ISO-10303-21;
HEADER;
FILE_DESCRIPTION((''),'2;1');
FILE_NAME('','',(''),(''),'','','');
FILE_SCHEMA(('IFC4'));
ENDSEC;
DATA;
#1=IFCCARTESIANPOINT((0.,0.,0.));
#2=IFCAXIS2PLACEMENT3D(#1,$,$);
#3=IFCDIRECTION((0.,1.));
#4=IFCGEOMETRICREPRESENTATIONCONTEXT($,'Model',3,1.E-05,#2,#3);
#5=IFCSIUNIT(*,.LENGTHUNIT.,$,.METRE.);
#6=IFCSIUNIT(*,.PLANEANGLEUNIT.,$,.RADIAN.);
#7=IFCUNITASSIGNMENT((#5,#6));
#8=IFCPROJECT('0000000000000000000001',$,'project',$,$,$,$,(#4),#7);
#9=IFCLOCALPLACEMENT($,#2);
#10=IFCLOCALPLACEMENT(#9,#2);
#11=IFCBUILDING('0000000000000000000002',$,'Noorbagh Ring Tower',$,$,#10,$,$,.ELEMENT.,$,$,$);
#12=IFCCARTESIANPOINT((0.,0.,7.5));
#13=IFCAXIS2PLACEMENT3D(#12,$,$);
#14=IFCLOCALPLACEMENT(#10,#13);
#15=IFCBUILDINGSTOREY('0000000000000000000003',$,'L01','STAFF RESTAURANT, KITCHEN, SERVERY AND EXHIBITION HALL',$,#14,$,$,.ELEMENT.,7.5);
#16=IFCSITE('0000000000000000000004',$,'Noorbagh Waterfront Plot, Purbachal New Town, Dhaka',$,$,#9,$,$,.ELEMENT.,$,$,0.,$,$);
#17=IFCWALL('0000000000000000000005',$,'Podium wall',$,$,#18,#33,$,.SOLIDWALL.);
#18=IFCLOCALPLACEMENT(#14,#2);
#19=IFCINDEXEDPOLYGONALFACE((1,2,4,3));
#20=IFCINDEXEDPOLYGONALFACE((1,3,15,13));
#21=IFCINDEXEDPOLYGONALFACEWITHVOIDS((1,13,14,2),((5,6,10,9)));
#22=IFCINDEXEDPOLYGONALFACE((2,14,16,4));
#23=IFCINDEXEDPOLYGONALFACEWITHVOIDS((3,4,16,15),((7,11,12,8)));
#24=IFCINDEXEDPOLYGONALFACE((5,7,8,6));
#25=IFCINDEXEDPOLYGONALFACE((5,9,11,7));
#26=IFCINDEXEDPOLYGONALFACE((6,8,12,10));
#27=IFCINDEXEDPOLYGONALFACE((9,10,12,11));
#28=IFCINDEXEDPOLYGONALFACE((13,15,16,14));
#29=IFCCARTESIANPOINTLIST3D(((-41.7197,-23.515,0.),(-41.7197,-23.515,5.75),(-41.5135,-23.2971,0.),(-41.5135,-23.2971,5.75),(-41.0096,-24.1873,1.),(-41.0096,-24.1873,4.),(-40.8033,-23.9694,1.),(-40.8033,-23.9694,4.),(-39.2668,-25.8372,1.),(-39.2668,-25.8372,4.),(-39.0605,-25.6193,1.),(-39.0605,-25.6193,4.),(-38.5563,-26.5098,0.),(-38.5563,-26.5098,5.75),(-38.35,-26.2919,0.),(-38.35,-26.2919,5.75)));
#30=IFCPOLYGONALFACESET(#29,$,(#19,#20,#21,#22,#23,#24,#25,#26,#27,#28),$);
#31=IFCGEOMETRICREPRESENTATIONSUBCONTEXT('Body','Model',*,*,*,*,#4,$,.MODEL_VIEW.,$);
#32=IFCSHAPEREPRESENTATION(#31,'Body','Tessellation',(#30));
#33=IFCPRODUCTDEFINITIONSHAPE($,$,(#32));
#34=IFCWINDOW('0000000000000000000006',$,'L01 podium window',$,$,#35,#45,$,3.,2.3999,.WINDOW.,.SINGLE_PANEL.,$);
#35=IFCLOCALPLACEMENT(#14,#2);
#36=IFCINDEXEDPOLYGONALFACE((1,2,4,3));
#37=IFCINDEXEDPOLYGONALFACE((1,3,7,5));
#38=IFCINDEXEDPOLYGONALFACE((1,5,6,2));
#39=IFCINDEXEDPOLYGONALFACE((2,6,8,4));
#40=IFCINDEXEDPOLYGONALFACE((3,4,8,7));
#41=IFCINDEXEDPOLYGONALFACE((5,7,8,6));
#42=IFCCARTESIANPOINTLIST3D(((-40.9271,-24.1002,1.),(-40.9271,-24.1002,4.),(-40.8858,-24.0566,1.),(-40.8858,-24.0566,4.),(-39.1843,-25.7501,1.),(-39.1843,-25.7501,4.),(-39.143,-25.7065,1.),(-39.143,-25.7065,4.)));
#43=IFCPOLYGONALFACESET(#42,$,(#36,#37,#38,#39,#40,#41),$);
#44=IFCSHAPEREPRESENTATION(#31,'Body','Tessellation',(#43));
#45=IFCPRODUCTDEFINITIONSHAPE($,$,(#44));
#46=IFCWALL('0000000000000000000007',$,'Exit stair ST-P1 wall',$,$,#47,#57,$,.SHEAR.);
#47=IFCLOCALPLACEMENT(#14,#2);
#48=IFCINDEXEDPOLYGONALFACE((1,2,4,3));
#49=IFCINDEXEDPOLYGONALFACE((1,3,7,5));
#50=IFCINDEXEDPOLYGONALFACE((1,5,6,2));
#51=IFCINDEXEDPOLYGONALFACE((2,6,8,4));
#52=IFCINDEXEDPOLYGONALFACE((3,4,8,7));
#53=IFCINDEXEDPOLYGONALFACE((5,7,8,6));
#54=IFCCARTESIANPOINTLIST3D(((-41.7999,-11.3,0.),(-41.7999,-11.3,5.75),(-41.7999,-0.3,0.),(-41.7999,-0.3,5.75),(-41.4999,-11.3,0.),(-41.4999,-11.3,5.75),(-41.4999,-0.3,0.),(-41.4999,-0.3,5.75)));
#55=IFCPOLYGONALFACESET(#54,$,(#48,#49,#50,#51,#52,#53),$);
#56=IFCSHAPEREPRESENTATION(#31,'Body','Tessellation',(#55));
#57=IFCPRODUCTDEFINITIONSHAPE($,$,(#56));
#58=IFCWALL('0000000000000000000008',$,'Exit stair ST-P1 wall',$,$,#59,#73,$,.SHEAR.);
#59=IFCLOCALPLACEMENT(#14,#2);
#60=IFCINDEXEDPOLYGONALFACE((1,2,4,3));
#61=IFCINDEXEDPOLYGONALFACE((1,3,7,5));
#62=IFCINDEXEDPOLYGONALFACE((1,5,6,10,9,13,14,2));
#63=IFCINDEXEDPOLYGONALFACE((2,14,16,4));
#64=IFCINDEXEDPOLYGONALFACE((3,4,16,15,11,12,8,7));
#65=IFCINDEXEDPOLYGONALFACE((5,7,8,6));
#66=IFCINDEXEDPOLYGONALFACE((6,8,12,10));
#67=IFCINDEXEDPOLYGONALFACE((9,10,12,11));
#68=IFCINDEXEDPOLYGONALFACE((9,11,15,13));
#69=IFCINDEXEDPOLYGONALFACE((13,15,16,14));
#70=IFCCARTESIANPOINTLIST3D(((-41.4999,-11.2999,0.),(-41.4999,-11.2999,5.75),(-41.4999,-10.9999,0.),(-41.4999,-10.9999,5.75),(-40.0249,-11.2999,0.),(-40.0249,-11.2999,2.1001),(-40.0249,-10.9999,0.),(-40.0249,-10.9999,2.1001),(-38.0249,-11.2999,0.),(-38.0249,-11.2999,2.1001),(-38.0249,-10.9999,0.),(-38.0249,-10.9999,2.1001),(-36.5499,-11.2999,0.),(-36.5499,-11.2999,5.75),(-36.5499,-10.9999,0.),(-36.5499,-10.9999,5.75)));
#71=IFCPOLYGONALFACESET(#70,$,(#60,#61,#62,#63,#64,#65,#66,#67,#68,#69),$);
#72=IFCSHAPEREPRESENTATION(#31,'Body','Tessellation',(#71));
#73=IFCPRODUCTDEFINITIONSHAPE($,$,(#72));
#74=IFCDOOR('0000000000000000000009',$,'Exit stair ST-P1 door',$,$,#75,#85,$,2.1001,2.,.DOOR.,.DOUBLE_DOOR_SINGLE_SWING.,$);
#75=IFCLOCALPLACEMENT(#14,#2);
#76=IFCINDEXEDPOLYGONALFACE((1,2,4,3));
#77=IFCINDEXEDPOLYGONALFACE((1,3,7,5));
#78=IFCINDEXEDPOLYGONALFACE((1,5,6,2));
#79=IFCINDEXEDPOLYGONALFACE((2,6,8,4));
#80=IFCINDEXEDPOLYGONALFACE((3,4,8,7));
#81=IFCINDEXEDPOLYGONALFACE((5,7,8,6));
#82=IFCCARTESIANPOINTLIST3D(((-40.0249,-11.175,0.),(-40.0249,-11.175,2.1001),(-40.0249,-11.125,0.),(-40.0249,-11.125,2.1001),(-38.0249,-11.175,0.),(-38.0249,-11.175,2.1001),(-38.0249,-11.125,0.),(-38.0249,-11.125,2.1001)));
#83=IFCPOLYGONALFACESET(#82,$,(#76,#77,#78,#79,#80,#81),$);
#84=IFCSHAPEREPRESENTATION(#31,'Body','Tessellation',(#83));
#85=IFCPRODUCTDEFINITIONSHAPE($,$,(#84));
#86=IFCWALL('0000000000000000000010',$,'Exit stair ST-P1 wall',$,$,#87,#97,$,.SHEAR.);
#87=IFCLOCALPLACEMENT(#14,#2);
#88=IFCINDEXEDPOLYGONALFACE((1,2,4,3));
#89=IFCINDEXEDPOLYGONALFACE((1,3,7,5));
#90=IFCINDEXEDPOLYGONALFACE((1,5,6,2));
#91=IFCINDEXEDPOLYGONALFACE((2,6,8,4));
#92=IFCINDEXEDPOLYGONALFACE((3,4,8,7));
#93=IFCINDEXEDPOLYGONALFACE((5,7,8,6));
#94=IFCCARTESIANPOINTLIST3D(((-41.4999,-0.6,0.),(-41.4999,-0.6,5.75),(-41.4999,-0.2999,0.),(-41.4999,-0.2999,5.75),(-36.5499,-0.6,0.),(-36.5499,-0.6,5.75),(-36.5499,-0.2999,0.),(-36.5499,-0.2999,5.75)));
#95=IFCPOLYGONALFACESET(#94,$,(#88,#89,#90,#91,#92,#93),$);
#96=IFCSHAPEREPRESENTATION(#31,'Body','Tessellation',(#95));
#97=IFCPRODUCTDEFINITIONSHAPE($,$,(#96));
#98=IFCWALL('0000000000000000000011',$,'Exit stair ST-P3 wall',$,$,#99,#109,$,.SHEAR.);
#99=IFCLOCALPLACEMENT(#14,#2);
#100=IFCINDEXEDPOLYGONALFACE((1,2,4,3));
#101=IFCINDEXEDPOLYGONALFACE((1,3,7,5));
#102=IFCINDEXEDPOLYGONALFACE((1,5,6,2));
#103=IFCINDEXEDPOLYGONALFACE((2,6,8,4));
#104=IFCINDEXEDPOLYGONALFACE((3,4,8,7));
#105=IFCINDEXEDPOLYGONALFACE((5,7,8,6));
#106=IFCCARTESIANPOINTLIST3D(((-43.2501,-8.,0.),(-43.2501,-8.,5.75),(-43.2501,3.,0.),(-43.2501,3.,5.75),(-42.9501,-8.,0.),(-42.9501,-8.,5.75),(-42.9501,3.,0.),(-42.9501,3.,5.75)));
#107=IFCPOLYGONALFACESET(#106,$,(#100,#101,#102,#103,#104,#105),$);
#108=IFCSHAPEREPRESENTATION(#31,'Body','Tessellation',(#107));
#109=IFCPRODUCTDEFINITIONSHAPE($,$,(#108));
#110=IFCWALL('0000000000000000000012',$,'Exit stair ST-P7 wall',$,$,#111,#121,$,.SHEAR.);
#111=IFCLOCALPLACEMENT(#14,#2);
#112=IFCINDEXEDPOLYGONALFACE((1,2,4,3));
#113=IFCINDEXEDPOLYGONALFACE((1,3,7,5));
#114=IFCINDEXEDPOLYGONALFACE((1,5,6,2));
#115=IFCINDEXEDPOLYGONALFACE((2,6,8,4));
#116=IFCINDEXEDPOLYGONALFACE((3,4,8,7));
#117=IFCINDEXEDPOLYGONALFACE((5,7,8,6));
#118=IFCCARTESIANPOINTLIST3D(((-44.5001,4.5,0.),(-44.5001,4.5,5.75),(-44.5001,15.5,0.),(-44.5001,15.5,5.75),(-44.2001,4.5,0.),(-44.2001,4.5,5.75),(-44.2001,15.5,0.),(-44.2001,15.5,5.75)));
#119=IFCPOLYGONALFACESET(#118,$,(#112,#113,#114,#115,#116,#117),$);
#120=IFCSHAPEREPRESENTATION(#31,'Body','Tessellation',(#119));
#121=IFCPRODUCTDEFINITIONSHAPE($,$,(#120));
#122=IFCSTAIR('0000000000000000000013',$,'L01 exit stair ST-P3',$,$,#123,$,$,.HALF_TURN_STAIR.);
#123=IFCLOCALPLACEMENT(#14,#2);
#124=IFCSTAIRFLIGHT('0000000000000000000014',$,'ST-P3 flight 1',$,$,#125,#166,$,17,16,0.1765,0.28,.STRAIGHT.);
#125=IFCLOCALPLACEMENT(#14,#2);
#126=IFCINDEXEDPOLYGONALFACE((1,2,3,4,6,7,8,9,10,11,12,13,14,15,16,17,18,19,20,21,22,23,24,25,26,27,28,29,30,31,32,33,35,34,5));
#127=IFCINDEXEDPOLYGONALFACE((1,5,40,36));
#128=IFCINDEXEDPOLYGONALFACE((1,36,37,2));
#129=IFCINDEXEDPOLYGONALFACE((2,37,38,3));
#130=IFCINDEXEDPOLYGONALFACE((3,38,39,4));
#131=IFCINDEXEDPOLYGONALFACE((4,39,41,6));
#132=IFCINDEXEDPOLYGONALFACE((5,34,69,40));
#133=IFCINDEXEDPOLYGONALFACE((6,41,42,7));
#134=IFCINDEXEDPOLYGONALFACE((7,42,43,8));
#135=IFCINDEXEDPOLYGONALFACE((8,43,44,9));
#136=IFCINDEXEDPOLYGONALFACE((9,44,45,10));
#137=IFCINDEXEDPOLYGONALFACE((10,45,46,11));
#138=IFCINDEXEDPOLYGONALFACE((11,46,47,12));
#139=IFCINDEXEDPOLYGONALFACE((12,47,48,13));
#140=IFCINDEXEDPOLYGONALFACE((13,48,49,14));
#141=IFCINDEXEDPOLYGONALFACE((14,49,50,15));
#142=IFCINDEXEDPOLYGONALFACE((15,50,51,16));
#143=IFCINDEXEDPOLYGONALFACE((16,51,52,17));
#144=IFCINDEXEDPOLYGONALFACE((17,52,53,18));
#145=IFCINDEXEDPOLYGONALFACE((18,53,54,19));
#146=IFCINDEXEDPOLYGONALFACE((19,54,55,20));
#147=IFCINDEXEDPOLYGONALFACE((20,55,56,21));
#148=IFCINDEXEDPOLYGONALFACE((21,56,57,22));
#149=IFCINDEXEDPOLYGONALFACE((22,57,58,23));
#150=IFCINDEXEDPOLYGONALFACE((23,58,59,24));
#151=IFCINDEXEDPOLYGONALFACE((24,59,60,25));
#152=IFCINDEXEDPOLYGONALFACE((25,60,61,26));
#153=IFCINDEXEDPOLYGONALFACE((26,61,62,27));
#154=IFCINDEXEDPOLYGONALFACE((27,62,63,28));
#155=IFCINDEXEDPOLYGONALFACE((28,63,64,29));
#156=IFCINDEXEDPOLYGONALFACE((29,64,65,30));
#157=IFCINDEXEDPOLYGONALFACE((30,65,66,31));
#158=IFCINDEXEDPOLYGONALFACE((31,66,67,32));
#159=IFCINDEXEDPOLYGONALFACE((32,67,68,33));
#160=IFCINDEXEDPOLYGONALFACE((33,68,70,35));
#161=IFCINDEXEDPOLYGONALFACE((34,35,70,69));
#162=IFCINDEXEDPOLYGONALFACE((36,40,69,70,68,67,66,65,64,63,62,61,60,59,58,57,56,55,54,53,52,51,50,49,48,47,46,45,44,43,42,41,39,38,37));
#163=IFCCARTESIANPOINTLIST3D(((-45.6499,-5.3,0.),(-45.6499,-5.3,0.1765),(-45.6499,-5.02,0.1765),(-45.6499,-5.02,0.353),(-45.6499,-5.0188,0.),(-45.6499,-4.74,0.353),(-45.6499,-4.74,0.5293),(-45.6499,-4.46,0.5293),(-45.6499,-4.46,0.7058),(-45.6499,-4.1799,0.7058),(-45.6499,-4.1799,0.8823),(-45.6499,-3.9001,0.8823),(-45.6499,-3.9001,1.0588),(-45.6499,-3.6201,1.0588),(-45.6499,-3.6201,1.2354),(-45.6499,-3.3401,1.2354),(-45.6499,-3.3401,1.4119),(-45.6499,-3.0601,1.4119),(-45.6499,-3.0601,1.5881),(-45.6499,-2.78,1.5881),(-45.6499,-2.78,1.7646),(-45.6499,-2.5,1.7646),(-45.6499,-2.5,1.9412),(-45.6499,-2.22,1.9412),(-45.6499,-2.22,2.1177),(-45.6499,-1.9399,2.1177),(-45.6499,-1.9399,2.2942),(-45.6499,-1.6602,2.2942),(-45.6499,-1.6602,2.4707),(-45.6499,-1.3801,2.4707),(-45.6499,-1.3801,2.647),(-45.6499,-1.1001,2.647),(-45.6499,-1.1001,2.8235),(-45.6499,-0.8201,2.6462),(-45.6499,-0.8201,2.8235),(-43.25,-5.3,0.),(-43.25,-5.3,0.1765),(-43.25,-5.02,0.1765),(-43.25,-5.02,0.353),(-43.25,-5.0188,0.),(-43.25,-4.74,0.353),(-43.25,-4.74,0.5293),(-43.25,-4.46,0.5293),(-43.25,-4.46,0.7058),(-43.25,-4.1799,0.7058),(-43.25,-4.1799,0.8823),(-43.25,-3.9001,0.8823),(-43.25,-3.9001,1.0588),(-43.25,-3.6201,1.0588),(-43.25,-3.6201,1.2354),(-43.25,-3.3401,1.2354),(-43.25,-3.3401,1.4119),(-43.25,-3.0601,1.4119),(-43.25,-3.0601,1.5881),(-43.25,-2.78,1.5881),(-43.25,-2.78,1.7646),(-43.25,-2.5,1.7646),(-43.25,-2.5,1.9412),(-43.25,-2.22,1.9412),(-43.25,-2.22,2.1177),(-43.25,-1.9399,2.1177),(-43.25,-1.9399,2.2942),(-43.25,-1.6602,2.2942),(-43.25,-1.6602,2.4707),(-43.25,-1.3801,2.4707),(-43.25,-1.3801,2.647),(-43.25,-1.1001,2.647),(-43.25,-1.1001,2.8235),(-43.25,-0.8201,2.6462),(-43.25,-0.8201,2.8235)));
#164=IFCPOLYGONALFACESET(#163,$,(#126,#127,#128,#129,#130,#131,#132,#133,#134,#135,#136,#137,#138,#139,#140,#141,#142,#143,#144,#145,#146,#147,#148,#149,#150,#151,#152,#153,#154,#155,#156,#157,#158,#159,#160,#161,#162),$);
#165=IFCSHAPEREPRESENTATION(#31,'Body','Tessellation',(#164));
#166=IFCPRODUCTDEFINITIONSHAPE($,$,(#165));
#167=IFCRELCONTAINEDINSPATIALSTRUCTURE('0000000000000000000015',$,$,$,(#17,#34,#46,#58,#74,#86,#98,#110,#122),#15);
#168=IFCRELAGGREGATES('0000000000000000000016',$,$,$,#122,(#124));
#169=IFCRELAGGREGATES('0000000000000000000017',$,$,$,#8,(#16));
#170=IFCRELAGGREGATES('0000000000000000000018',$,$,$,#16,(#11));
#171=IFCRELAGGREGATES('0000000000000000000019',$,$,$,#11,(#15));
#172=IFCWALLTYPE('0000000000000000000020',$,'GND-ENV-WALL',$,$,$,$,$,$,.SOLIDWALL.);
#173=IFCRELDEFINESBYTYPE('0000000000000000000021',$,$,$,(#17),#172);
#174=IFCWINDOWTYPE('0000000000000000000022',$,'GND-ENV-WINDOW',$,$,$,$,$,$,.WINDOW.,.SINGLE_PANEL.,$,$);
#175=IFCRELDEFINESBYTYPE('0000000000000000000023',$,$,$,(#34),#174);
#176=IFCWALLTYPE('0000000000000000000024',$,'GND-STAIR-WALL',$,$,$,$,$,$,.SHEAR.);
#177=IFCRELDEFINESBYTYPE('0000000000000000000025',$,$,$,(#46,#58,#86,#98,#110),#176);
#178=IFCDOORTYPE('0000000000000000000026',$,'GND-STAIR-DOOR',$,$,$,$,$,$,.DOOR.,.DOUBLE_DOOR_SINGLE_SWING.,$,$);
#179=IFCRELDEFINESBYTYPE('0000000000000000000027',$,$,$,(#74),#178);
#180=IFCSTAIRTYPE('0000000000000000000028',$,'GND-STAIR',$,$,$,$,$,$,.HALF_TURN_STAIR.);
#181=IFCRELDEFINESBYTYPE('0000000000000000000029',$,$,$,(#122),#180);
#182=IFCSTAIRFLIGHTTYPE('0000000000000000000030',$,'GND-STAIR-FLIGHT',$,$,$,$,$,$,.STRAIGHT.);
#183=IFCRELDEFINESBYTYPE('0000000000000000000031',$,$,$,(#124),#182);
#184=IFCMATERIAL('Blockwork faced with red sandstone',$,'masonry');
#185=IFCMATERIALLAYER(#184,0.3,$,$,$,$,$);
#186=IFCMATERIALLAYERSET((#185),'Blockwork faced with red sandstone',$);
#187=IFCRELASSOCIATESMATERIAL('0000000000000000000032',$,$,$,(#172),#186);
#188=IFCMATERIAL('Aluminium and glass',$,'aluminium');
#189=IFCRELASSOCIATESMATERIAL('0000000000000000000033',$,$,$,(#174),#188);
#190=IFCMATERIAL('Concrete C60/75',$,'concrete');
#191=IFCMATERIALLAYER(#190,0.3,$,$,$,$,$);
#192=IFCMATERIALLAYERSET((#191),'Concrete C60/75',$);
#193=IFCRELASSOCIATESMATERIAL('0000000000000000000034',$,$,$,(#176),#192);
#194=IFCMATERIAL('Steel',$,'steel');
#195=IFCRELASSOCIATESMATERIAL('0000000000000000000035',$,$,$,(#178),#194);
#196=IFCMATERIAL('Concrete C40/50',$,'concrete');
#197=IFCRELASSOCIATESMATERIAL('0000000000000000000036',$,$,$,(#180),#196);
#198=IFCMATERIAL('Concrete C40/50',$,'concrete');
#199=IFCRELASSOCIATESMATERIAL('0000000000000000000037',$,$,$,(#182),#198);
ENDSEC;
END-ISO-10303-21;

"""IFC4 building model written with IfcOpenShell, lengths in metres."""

from ifc_helpers import new_model, si_unit, direction, frame, frame_2d, origin, place, context, subcontext, project, spatial, polyline, rectangle, outline, extrude, material, layer, layer_set, type_object, element, fill, aggregate, save


model = new_model("IFC4")

# Units and contexts
model_context = context("Model", 3, precision=1e-05, world=origin(), true_north=direction((0.0, 1.0)))
body_context = subcontext(model_context, "Body", "Model", "MODEL_VIEW")
ifc_project = project(units=[si_unit("LENGTHUNIT", "METRE"), si_unit("PLANEANGLEUNIT", "RADIAN")], contexts=[model_context])

# Site, building, storey
site_placement = place(None, origin())
site = spatial("IfcSite", under=ifc_project, at=site_placement, Name="Noorbagh Waterfront Plot, Purbachal New Town, Dhaka", CompositionType="ELEMENT", RefElevation=0.0)
building_placement = place(site_placement, origin())
building = spatial("IfcBuilding", under=site, at=building_placement, Name="Noorbagh Ring Tower", CompositionType="ELEMENT")
storey_placement = place(building_placement, frame((0.0, 0.0, 7.5)))
storey = spatial("IfcBuildingStorey", under=building, at=storey_placement, Name="L01", Description="STAFF RESTAURANT, KITCHEN, SERVERY AND EXHIBITION HALL", CompositionType="ELEMENT", Elevation=7.5)

# Wall, opening, window
ifc_material_1 = material(Name="Blockwork faced with red sandstone", Category="masonry")
ifc_layer_1 = layer(ifc_material_1, 0.3)
ifc_layer_set_1 = layer_set([ifc_layer_1], Name="Blockwork faced with red sandstone")
wall_type_1 = type_object("IfcWallType", Name="GND-ENV-WALL", PredefinedType="SOLIDWALL", material=ifc_layer_set_1)
ifc_material_2 = material(Name="Aluminium and glass", Category="aluminium")
window_type = type_object("IfcWindowType", Name="GND-ENV-WINDOW", PartitioningType="SINGLE_PANEL", PredefinedType="WINDOW", material=ifc_material_2)
wall_1_placement = place(storey_placement, frame((-41.6167, -23.406, 0.0), z_axis=(0.0, 0.0, 1.0), x_axis=(0.726204, -0.687479, 0.0)))
wall_1 = element("IfcWall", 1, at=wall_1_placement, inside=storey, type_object=wall_type_1, Name="Podium wall", PredefinedType="SOLIDWALL", context=body_context, shape_type="SweptSolid", body=[
    extrude(rectangle(XDim=4.3562, YDim=0.3, at=frame_2d((2.1782, 0.0))), origin(), (0.0, 0.0, 1.0), 5.75),
])
opening_1_placement = place(wall_1_placement, frame((0.978, 0.0, 1.0)))
opening_1 = element("IfcOpeningElement", 2, at=opening_1_placement, cuts=wall_1, PredefinedType="OPENING", context=body_context, shape_type="SweptSolid", body=[
    extrude(rectangle(XDim=2.3999, YDim=3.0, at=frame_2d((1.2, 1.5))), frame((0.0, 0.1602, 0.0), z_axis=(0.0, -1.0, 0.0), x_axis=(1.0, 0.0, 0.0)), (0.0, 0.0, 1.0), 0.3201),
])
window_1_placement = place(opening_1_placement, origin())
window_1 = element("IfcWindow", 3, at=window_1_placement, inside=storey, type_object=window_type, Name="L01 podium window", OverallHeight=3.0, OverallWidth=2.3999, PartitioningType="SINGLE_PANEL", PredefinedType="WINDOW", context=body_context, shape_type="SweptSolid", body=[
    extrude(rectangle(XDim=2.3999, YDim=3.0, at=frame_2d((1.2, 1.5))), frame((0.0, 0.03, 0.0), z_axis=(0.0, -1.0, 0.0), x_axis=(1.0, 0.0, 0.0)), (0.0, 0.0, 1.0), 0.0601),
])
fill(opening_1, window_1)

# Wall
ifc_material_3 = material(Name="Concrete C60/75", Category="concrete")
ifc_layer_2 = layer(ifc_material_3, 0.3)
ifc_layer_set_2 = layer_set([ifc_layer_2], Name="Concrete C60/75")
wall_type_2 = type_object("IfcWallType", Name="GND-STAIR-WALL", PredefinedType="SHEAR", material=ifc_layer_set_2)
wall_2_placement = place(storey_placement, frame((-41.6499, -11.3, 0.0), z_axis=(0.0, 0.0, 1.0), x_axis=(0.0, 1.0, 0.0)))
element("IfcWall", 4, at=wall_2_placement, inside=storey, type_object=wall_type_2, Name="Exit stair ST-P1 wall", PredefinedType="SHEAR", context=body_context, shape_type="SweptSolid", body=[
    extrude(rectangle(XDim=11.0, YDim=0.3, at=frame_2d((5.5, 0.0))), origin(), (0.0, 0.0, 1.0), 5.75),
])

# Wall, opening, door
wall_3_placement = place(storey_placement, frame((-41.5, -11.1499, 0.0), z_axis=(0.0, 0.0, 1.0), x_axis=(1.0, 0.0, 0.0)))
wall_3 = element("IfcWall", 5, at=wall_3_placement, inside=storey, type_object=wall_type_2, Name="Exit stair ST-P1 wall", PredefinedType="SHEAR", context=body_context, shape_type="SweptSolid", body=[
    extrude(rectangle(XDim=4.95, YDim=0.3, at=frame_2d((2.4751, 0.0))), origin(), (0.0, 0.0, 1.0), 5.75),
])
opening_2_placement = place(wall_3_placement, frame((1.4751, 0.0, 0.0)))
opening_2 = element("IfcOpeningElement", 6, at=opening_2_placement, cuts=wall_3, PredefinedType="OPENING", context=body_context, shape_type="SweptSolid", body=[
    extrude(rectangle(XDim=2.0, YDim=2.1001, at=frame_2d((1.0, 1.05))), frame((0.0, 0.1602, 0.0), z_axis=(0.0, -1.0, 0.0), x_axis=(1.0, 0.0, 0.0)), (0.0, 0.0, 1.0), 0.3201),
])
ifc_material_4 = material(Name="Steel", Category="steel")
door_type = type_object("IfcDoorType", Name="GND-STAIR-DOOR", OperationType="DOUBLE_DOOR_SINGLE_SWING", PredefinedType="DOOR", material=ifc_material_4)
door_placement = place(opening_2_placement, origin())
door = element("IfcDoor", 7, at=door_placement, inside=storey, type_object=door_type, Name="Exit stair ST-P1 door", OperationType="DOUBLE_DOOR_SINGLE_SWING", OverallHeight=2.1001, OverallWidth=2.0, PredefinedType="DOOR", context=body_context, shape_type="SweptSolid", body=[
    extrude(rectangle(XDim=2.0, YDim=2.1001, at=frame_2d((1.0, 1.05))), frame((0.0, 0.0249, 0.0), z_axis=(0.0, -1.0, 0.0), x_axis=(1.0, 0.0, 0.0)), (0.0, 0.0, 1.0), 0.05),
])
fill(opening_2, door)

# Walls
wall_4_placement = place(storey_placement, frame((-41.5, -0.45, 0.0), z_axis=(0.0, 0.0, 1.0), x_axis=(1.0, 0.0, 0.0)))
element("IfcWall", 8, at=wall_4_placement, inside=storey, type_object=wall_type_2, Name="Exit stair ST-P1 wall", PredefinedType="SHEAR", context=body_context, shape_type="SweptSolid", body=[
    extrude(rectangle(XDim=4.95, YDim=0.3, at=frame_2d((2.4751, 0.0))), origin(), (0.0, 0.0, 1.0), 5.75),
])
for number, where, z_axis, x_axis, name in (
    (9, (-43.1001, -8.0, 0.0), (0.0, 0.0, 1.0), (0.0, 1.0, 0.0), "Exit stair ST-P3 wall"),
    (10, (-44.3501, 4.5, 0.0), (0.0, 0.0, 1.0), (0.0, 1.0, 0.0), "Exit stair ST-P7 wall"),
):
    element("IfcWall", number, at=place(storey_placement, frame(where, z_axis=z_axis, x_axis=x_axis)), inside=storey, type_object=wall_type_2, Name=name, PredefinedType="SHEAR", context=body_context, shape_type="SweptSolid", body=[
        extrude(rectangle(XDim=11.0, YDim=0.3, at=frame_2d((5.5, 0.0))), origin(), (0.0, 0.0, 1.0), 5.75),
    ])

# Stair, stair flight
ifc_material_5 = material(Name="Concrete C40/50", Category="concrete")
stair_type = type_object("IfcStairType", Name="GND-STAIR", PredefinedType="HALF_TURN_STAIR", material=ifc_material_5)
stair_placement = place(storey_placement, origin())
stair = element("IfcStair", 11, at=stair_placement, inside=storey, type_object=stair_type, Name="L01 exit stair ST-P3", PredefinedType="HALF_TURN_STAIR")
ifc_material_6 = material(Name="Concrete C40/50", Category="concrete")
stair_flight_type = type_object("IfcStairFlightType", Name="GND-STAIR-FLIGHT", PredefinedType="STRAIGHT", material=ifc_material_6)
stair_flight_placement = place(storey_placement, frame((-44.45, -5.3, 0.0), z_axis=(0.0, 0.0, 1.0), x_axis=(0.0, 1.0, 0.0)))
stair_flight = element("IfcStairFlight", 12, at=stair_flight_placement, type_object=stair_flight_type, Name="ST-P3 flight 1", NumberOfRisers=17, NumberOfTreads=16, PredefinedType="STRAIGHT", RiserHeight=0.1765, TreadLength=0.28, context=body_context, shape_type="SweptSolid", body=[
    extrude(outline(polyline([(0.0, 0.0), (0.0, 0.1765), (0.28, 0.1765), (0.28, 0.353), (0.5601, 0.353), (0.5601, 0.5293), (0.8401, 0.5293), (0.8401, 0.7058), (1.1201, 0.7058), (1.1201, 0.8823), (1.3999, 0.8823), (1.3999, 1.0588), (1.6799, 1.0588), (1.6799, 1.2354), (1.96, 1.2354), (1.96, 1.4119), (2.24, 1.4119), (2.24, 1.5881), (2.52, 1.5881), (2.52, 1.7646), (2.8, 1.7646), (2.8, 1.9412), (3.0801, 1.9412), (3.0801, 2.1177), (3.3601, 2.1177), (3.3601, 2.2942), (3.6399, 2.2942), (3.6399, 2.4707), (3.9199, 2.4707), (3.9199, 2.647), (4.2, 2.647), (4.2, 2.8235), (4.48, 2.8235), (4.48, 3.0), (4.48, 2.6462), (0.2812, 0.0), (0.0, 0.0)])), frame((0.0, 1.2, 0.0), z_axis=(0.0, -1.0, 0.0), x_axis=(1.0, 0.0, 0.0)), (0.0, 0.0, 1.0), 2.3999),
])
aggregate(stair, [stair_flight])

save(model, "model.ifc")
